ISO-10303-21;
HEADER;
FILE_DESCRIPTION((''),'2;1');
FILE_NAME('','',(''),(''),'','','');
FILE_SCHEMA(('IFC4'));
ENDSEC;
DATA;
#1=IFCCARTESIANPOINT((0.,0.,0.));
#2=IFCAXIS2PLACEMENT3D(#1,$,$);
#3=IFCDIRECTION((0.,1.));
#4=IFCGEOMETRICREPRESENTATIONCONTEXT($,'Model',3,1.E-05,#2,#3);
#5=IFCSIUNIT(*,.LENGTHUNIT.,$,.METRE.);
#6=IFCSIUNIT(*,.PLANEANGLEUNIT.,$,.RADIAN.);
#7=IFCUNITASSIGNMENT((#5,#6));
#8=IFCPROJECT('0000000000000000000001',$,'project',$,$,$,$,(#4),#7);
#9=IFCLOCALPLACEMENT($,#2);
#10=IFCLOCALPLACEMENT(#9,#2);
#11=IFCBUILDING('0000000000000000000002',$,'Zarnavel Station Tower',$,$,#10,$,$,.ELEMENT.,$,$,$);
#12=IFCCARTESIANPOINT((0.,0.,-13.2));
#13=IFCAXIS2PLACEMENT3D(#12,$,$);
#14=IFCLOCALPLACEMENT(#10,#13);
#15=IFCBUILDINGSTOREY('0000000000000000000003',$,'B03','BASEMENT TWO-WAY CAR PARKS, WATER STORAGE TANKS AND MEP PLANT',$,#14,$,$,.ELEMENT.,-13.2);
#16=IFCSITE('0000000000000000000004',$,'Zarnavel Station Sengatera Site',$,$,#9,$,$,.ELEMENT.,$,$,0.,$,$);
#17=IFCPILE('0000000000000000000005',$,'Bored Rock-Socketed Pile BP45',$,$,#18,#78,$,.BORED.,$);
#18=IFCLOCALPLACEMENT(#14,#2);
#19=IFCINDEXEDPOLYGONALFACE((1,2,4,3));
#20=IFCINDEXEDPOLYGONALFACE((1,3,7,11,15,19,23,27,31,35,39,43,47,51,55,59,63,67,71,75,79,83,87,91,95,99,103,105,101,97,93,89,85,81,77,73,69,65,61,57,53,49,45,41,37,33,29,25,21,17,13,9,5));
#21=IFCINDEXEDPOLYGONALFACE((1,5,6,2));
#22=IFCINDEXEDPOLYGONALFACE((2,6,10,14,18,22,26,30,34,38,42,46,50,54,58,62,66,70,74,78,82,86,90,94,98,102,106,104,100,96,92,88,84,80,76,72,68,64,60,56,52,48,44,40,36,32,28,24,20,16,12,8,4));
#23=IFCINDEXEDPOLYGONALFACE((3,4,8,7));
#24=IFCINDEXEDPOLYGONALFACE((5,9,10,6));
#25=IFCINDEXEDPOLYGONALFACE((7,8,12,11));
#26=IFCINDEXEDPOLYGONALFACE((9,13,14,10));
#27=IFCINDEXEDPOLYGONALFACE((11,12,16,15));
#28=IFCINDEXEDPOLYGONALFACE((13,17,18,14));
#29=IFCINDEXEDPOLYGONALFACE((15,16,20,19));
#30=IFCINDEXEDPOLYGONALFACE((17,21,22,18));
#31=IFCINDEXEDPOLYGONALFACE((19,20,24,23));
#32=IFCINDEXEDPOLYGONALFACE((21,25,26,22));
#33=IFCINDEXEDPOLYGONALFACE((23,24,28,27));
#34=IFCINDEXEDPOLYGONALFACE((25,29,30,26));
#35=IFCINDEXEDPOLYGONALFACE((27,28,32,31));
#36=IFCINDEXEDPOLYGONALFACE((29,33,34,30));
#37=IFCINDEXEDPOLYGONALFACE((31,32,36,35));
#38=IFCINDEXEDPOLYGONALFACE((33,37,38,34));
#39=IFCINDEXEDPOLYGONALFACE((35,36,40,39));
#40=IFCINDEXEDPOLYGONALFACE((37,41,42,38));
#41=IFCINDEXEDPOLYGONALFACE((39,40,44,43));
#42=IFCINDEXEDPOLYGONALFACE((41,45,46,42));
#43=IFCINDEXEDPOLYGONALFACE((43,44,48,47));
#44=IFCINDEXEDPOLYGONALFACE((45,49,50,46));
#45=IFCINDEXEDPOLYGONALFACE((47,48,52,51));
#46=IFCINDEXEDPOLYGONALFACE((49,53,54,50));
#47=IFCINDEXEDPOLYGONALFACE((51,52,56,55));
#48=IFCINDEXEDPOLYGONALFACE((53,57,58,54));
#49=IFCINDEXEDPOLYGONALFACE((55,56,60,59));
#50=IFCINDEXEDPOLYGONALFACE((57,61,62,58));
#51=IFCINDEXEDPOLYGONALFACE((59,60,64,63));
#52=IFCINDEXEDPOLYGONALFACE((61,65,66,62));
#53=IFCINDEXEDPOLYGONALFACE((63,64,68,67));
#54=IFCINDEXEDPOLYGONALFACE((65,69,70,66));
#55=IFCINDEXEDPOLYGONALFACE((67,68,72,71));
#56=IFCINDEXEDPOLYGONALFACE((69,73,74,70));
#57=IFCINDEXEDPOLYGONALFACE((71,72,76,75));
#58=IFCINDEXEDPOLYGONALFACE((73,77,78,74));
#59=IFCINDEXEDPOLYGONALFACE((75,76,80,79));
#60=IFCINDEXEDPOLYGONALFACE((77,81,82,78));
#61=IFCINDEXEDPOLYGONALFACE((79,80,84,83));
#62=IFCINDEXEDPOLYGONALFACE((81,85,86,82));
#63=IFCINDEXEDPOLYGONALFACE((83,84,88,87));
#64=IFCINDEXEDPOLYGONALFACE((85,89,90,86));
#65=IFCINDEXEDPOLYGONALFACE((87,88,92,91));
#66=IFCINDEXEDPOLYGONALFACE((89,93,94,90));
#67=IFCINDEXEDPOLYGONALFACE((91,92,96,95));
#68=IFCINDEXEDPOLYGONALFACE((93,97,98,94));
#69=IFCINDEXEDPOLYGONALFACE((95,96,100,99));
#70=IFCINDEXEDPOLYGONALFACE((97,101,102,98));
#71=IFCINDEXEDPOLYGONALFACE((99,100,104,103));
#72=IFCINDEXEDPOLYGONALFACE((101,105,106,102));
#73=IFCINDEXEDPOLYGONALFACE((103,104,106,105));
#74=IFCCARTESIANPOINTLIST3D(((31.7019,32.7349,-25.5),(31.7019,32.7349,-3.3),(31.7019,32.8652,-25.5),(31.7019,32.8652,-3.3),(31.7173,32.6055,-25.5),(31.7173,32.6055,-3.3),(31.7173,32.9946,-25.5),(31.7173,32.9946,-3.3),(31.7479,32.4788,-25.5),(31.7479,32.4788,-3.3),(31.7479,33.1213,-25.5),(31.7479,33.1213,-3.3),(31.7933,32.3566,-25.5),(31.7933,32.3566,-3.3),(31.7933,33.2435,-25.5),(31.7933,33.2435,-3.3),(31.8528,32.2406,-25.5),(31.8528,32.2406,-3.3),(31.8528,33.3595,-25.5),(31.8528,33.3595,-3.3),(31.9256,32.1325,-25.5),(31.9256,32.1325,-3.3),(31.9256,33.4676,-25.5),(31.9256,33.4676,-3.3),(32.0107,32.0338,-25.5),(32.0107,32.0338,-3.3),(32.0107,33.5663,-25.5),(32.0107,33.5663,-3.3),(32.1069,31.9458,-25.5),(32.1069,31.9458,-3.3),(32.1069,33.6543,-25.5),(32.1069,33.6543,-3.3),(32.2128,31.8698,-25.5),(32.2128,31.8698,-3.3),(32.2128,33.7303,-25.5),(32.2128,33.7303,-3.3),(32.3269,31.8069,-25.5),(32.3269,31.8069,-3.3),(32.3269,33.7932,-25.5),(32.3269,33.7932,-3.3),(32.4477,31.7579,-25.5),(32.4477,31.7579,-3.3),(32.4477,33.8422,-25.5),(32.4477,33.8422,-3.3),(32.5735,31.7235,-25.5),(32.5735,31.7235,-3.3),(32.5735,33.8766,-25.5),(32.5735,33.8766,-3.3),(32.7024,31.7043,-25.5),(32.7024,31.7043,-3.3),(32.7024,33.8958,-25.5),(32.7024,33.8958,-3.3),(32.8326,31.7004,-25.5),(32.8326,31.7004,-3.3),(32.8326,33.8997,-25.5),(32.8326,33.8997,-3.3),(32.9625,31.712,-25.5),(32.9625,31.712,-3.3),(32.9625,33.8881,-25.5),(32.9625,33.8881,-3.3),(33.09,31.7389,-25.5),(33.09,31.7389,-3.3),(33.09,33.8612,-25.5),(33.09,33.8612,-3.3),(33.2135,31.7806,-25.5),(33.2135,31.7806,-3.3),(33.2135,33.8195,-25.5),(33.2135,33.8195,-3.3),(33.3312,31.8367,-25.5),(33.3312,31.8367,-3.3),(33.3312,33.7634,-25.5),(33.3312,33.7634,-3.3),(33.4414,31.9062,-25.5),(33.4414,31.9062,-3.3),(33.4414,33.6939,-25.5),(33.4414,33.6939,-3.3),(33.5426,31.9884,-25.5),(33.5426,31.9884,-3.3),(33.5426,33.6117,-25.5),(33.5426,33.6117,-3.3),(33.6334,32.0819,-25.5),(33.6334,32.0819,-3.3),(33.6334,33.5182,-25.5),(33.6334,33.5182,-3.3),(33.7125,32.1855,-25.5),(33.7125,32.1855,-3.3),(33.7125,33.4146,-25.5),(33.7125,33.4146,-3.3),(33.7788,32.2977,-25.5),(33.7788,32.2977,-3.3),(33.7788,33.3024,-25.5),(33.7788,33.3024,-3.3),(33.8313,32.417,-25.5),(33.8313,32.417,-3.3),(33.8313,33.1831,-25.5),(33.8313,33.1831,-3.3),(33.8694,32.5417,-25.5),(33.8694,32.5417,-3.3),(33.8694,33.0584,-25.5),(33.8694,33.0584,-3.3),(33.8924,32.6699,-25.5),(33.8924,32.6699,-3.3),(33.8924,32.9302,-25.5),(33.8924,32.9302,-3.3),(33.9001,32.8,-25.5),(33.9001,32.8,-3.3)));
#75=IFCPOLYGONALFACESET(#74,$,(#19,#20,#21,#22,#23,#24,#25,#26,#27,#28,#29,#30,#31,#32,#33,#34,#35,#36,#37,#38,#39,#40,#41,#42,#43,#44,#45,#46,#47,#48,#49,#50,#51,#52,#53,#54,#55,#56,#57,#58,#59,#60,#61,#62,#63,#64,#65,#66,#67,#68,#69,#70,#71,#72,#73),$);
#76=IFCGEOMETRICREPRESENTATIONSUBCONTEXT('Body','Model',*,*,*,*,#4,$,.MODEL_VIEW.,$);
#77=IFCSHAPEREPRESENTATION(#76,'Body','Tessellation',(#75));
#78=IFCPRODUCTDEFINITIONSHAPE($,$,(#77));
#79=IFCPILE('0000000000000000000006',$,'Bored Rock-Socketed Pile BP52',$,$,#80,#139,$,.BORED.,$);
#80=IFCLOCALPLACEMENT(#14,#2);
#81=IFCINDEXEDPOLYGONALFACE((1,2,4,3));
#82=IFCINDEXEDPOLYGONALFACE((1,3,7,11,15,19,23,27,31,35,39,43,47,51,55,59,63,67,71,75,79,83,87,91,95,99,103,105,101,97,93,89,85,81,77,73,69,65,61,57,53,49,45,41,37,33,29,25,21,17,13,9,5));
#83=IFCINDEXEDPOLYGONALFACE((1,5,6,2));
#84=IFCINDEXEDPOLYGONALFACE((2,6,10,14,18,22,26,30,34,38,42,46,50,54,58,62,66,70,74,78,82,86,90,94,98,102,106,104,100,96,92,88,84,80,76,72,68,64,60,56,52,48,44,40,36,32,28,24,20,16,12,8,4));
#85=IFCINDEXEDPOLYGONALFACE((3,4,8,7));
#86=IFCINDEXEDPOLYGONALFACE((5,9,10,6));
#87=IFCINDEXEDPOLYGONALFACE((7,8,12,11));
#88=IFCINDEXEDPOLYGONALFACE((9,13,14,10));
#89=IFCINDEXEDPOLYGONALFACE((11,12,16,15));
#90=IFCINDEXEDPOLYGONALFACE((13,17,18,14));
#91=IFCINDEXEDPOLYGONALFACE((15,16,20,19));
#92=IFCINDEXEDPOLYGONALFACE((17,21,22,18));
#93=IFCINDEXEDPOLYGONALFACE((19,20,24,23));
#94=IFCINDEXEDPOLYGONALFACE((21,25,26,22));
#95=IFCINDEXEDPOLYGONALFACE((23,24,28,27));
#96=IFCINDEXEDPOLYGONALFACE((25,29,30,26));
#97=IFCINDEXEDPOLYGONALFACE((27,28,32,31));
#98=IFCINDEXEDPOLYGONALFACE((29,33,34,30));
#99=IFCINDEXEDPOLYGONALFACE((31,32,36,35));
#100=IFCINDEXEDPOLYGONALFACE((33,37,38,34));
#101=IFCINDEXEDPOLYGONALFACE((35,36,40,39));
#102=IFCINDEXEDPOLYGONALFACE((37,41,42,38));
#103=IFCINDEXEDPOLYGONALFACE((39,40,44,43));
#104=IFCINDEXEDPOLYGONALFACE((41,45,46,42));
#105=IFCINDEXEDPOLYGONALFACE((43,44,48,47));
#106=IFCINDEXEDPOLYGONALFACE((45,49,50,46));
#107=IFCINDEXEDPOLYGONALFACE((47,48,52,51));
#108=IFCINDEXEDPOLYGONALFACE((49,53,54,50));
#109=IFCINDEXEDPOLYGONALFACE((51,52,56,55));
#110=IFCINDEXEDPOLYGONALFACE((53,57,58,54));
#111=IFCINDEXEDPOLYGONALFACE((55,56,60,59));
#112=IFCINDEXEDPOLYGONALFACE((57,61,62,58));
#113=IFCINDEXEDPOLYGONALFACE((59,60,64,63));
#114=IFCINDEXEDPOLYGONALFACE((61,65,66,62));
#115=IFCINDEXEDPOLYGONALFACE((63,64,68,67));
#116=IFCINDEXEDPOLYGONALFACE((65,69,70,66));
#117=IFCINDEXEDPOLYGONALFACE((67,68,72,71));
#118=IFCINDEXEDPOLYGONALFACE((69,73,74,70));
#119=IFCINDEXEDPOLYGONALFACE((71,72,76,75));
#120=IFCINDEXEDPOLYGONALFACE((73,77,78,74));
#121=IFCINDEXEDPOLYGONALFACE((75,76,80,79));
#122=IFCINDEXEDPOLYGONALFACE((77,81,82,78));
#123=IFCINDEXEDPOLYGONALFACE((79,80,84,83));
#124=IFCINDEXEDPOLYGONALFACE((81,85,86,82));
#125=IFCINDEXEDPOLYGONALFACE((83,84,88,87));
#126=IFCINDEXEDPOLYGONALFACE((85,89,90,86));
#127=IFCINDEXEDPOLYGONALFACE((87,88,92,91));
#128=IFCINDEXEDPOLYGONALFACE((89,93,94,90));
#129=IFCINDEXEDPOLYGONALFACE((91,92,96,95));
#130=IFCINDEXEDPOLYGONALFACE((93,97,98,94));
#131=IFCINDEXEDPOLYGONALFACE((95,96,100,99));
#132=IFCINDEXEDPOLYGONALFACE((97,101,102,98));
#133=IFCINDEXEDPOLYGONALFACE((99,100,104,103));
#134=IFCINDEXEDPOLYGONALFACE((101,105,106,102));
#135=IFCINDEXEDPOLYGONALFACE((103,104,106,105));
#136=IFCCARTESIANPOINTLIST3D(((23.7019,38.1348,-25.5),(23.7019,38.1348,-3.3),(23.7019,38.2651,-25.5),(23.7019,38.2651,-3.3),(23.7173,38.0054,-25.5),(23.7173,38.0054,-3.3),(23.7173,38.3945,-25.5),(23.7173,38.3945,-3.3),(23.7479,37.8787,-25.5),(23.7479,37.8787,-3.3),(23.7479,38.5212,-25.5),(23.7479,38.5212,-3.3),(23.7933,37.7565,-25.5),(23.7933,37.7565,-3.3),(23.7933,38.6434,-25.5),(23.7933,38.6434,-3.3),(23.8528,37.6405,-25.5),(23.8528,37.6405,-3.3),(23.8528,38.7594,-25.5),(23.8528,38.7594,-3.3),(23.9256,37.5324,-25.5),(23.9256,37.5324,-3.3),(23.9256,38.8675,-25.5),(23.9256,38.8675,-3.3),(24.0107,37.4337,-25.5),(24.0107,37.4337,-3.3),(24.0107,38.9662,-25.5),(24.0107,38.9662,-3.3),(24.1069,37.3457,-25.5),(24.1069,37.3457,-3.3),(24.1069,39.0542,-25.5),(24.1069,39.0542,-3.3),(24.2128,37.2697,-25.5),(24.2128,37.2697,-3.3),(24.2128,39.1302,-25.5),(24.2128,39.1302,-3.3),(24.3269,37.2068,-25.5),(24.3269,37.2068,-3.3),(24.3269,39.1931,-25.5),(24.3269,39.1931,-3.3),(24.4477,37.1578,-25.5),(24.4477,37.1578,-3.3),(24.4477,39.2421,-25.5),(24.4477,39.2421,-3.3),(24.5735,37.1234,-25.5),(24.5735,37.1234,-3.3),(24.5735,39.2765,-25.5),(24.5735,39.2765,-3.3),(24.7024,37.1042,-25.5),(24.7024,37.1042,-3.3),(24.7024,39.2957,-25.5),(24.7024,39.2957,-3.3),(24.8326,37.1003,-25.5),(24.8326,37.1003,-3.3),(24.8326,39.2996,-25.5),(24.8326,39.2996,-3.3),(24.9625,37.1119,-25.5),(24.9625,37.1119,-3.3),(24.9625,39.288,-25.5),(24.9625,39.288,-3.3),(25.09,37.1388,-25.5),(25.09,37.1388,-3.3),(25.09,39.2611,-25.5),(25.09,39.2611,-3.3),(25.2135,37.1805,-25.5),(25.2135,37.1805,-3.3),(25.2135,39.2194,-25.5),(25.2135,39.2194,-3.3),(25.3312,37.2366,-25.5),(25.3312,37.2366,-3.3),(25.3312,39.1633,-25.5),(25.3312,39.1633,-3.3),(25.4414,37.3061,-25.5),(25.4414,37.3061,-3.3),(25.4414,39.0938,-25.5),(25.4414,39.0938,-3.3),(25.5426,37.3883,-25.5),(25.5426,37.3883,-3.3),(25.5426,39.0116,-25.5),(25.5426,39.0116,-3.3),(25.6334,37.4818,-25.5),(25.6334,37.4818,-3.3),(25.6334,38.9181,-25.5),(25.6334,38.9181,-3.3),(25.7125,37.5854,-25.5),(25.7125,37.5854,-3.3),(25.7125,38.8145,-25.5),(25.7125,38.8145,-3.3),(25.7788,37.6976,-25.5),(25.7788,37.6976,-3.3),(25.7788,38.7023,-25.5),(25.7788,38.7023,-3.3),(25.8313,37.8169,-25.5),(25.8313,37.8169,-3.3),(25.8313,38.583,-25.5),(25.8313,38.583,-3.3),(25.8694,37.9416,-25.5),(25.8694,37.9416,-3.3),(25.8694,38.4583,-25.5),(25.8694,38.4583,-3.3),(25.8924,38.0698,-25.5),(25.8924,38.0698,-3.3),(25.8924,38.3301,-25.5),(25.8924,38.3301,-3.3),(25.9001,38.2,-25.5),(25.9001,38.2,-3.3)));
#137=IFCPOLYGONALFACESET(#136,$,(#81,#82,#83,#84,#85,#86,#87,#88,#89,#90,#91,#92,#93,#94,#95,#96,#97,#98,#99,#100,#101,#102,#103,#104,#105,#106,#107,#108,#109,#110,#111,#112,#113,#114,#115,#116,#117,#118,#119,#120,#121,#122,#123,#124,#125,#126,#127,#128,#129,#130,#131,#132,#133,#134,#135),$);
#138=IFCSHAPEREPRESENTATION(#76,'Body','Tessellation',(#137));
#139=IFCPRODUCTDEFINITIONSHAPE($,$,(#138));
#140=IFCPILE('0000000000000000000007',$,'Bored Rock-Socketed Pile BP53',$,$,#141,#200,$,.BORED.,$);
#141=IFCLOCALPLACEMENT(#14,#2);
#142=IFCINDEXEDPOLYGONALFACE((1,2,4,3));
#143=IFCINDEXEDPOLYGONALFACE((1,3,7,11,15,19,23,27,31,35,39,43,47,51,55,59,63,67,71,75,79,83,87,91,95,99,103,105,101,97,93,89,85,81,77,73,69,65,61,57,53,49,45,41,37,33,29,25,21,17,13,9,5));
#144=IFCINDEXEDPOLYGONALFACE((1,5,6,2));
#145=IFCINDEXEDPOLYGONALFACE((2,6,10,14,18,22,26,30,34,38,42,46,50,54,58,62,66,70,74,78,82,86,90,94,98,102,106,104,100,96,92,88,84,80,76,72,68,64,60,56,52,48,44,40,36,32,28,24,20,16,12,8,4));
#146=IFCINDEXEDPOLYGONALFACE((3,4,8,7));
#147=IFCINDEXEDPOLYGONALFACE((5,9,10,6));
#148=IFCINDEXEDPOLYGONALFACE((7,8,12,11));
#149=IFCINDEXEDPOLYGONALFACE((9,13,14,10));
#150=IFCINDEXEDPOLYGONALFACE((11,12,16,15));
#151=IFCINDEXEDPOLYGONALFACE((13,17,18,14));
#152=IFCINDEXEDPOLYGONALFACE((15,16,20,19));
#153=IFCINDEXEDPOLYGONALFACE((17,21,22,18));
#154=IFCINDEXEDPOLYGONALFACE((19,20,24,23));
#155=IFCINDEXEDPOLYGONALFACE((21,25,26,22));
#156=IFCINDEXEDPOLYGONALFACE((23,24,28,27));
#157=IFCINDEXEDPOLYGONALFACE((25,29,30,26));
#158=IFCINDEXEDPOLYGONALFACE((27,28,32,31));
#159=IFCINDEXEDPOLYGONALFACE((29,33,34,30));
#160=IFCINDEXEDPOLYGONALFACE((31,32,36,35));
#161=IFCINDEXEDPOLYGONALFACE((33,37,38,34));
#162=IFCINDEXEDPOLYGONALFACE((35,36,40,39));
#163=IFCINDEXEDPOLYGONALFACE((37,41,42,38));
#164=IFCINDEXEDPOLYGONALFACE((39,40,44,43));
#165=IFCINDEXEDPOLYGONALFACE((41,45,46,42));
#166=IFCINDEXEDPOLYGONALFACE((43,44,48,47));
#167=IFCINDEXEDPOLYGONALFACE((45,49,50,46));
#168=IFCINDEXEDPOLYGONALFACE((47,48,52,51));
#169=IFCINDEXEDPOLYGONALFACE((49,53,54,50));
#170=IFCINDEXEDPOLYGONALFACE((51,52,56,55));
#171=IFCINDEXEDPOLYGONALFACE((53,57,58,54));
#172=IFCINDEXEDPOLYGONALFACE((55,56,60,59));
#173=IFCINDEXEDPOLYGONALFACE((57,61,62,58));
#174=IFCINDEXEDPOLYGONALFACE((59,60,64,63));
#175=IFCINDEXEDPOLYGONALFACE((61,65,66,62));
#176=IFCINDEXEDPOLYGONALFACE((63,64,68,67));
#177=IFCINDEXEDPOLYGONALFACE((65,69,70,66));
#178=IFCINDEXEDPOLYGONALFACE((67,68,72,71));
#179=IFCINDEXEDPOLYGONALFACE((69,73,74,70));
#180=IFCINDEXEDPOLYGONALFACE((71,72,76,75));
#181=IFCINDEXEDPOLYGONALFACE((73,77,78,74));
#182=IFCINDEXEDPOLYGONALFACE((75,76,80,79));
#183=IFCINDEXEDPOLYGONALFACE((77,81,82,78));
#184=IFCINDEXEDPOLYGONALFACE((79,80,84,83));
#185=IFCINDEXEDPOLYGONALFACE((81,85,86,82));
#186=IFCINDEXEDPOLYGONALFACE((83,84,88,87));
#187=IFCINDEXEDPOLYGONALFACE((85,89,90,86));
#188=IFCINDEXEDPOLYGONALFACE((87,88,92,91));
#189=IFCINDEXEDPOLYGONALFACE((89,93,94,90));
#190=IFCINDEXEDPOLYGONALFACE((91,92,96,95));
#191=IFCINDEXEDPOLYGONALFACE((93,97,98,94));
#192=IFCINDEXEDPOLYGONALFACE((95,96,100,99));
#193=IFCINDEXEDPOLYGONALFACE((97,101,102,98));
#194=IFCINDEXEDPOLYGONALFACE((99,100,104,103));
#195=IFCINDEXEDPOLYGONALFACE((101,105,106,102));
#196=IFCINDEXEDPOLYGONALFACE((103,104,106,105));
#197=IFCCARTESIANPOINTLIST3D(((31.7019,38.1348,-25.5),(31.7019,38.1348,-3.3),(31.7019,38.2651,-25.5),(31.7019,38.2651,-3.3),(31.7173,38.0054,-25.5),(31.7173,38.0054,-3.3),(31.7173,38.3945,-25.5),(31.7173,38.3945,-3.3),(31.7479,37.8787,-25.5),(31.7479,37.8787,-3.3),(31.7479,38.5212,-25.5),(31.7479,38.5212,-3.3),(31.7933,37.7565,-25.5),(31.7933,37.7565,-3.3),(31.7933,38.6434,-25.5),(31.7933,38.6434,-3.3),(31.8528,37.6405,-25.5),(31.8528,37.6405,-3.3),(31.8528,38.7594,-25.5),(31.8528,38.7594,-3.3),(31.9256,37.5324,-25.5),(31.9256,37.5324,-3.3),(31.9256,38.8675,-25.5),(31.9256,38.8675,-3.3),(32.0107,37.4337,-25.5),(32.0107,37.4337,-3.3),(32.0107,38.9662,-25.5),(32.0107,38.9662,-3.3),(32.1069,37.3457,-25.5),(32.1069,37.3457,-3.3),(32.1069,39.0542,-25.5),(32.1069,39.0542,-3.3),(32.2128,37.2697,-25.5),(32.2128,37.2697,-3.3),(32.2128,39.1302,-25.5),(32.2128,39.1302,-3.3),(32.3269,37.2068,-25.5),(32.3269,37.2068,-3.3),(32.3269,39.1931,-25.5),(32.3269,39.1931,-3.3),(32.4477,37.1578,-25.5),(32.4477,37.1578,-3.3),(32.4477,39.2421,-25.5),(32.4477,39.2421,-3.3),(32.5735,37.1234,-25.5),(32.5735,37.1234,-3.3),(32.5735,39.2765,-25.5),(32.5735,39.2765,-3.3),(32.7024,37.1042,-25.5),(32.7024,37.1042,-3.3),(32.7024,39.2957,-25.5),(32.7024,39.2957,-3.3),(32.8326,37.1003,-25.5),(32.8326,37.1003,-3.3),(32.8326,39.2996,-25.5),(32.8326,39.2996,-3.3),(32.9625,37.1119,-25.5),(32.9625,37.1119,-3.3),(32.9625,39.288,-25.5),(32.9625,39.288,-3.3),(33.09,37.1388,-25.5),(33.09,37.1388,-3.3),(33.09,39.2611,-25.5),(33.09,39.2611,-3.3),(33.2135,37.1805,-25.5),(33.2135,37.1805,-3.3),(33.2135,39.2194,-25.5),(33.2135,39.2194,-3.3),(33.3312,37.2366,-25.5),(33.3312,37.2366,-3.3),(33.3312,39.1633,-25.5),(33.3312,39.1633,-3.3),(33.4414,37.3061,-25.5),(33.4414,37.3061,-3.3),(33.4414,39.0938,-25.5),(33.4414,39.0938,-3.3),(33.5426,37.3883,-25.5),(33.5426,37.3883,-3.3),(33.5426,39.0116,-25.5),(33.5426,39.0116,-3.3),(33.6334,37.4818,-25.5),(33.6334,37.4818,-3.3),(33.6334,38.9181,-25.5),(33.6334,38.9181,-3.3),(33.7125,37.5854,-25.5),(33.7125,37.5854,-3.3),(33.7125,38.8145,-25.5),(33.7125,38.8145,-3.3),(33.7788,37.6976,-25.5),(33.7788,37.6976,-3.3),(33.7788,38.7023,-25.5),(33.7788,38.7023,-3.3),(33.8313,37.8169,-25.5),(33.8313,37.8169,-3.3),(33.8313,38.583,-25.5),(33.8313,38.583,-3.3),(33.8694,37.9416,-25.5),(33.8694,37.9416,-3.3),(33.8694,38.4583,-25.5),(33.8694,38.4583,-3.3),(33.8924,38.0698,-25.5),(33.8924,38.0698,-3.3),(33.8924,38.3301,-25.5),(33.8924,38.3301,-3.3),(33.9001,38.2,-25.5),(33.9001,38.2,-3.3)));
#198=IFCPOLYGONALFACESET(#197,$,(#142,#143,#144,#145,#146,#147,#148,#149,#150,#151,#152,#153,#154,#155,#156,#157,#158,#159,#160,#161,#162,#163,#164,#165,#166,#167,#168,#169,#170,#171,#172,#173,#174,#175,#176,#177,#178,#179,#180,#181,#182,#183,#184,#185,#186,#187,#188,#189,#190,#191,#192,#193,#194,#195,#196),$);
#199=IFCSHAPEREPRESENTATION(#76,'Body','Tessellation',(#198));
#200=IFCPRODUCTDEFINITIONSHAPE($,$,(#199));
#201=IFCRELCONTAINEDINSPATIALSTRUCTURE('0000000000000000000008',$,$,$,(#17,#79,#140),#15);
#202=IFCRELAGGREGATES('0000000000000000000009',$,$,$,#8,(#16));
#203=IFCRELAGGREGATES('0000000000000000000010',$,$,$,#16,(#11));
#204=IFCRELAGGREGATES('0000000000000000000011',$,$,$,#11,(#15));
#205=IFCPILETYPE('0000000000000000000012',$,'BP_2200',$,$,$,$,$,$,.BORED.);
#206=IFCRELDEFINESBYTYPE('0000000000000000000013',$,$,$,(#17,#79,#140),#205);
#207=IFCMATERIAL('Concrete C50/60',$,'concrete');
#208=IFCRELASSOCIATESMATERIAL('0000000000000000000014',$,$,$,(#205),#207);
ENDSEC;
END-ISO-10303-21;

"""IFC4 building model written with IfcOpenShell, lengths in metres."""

from ifc_helpers import new_model, si_unit, direction, frame, origin, origin_2d, place, context, subcontext, project, spatial, circle, extrude, material, material_profile, profile_set, type_object, element, save


model = new_model("IFC4")

# Units and contexts
model_context = context("Model", 3, precision=1e-05, world=origin(), true_north=direction((0.0, 1.0)))
body_context = subcontext(model_context, "Body", "Model", "MODEL_VIEW")
ifc_project = project(units=[si_unit("LENGTHUNIT", "METRE"), si_unit("PLANEANGLEUNIT", "RADIAN")], contexts=[model_context])

# Site, building, storey
site_placement = place(None, origin())
site = spatial("IfcSite", under=ifc_project, at=site_placement, Name="Zarnavel Station Sengatera Site", CompositionType="ELEMENT", RefElevation=0.0)
building_placement = place(site_placement, origin())
building = spatial("IfcBuilding", under=site, at=building_placement, Name="Zarnavel Station Tower", CompositionType="ELEMENT")
storey_placement = place(building_placement, frame((0.0, 0.0, -13.2)))
storey = spatial("IfcBuildingStorey", under=building, at=storey_placement, Name="B03", Description="BASEMENT TWO-WAY CAR PARKS, WATER STORAGE TANKS AND MEP PLANT", CompositionType="ELEMENT", Elevation=-13.2)

# Piles
ifc_material_1 = material(Name="Concrete C50/60", Category="concrete")
ifc_material_profile_1 = material_profile(ifc_material_1, circle(Radius=1.1001, at=origin_2d()), Name="PILE2200")
ifc_profile_set_1 = profile_set([ifc_material_profile_1], Name="Concrete C50/60")
pile_type_1 = type_object("IfcPileType", Name="BP_2200", PredefinedType="BORED", material=ifc_profile_set_1)
for number, where, z_axis, x_axis, name in (
    (1, (32.8, 32.8, -3.3), (0.0, 0.0, -1.0), (1.0, 0.0, 0.0), "Bored Rock-Socketed Pile BP45"),
    (2, (24.8, 38.2, -3.3), (0.0, 0.0, -1.0), (1.0, 0.0, 0.0), "Bored Rock-Socketed Pile BP52"),
    (3, (32.8, 38.2, -3.3), (0.0, 0.0, -1.0), (1.0, 0.0, 0.0), "Bored Rock-Socketed Pile BP53"),
):
    element("IfcPile", number, at=place(storey_placement, frame(where, z_axis=z_axis, x_axis=x_axis)), inside=storey, type_object=pile_type_1, Name=name, PredefinedType="BORED", context=body_context, shape_type="SweptSolid", body=[
        extrude(circle(Radius=1.1001, at=origin_2d()), origin(), (0.0, 0.0, 1.0), 22.2),
    ])

save(model, "model.ifc")
